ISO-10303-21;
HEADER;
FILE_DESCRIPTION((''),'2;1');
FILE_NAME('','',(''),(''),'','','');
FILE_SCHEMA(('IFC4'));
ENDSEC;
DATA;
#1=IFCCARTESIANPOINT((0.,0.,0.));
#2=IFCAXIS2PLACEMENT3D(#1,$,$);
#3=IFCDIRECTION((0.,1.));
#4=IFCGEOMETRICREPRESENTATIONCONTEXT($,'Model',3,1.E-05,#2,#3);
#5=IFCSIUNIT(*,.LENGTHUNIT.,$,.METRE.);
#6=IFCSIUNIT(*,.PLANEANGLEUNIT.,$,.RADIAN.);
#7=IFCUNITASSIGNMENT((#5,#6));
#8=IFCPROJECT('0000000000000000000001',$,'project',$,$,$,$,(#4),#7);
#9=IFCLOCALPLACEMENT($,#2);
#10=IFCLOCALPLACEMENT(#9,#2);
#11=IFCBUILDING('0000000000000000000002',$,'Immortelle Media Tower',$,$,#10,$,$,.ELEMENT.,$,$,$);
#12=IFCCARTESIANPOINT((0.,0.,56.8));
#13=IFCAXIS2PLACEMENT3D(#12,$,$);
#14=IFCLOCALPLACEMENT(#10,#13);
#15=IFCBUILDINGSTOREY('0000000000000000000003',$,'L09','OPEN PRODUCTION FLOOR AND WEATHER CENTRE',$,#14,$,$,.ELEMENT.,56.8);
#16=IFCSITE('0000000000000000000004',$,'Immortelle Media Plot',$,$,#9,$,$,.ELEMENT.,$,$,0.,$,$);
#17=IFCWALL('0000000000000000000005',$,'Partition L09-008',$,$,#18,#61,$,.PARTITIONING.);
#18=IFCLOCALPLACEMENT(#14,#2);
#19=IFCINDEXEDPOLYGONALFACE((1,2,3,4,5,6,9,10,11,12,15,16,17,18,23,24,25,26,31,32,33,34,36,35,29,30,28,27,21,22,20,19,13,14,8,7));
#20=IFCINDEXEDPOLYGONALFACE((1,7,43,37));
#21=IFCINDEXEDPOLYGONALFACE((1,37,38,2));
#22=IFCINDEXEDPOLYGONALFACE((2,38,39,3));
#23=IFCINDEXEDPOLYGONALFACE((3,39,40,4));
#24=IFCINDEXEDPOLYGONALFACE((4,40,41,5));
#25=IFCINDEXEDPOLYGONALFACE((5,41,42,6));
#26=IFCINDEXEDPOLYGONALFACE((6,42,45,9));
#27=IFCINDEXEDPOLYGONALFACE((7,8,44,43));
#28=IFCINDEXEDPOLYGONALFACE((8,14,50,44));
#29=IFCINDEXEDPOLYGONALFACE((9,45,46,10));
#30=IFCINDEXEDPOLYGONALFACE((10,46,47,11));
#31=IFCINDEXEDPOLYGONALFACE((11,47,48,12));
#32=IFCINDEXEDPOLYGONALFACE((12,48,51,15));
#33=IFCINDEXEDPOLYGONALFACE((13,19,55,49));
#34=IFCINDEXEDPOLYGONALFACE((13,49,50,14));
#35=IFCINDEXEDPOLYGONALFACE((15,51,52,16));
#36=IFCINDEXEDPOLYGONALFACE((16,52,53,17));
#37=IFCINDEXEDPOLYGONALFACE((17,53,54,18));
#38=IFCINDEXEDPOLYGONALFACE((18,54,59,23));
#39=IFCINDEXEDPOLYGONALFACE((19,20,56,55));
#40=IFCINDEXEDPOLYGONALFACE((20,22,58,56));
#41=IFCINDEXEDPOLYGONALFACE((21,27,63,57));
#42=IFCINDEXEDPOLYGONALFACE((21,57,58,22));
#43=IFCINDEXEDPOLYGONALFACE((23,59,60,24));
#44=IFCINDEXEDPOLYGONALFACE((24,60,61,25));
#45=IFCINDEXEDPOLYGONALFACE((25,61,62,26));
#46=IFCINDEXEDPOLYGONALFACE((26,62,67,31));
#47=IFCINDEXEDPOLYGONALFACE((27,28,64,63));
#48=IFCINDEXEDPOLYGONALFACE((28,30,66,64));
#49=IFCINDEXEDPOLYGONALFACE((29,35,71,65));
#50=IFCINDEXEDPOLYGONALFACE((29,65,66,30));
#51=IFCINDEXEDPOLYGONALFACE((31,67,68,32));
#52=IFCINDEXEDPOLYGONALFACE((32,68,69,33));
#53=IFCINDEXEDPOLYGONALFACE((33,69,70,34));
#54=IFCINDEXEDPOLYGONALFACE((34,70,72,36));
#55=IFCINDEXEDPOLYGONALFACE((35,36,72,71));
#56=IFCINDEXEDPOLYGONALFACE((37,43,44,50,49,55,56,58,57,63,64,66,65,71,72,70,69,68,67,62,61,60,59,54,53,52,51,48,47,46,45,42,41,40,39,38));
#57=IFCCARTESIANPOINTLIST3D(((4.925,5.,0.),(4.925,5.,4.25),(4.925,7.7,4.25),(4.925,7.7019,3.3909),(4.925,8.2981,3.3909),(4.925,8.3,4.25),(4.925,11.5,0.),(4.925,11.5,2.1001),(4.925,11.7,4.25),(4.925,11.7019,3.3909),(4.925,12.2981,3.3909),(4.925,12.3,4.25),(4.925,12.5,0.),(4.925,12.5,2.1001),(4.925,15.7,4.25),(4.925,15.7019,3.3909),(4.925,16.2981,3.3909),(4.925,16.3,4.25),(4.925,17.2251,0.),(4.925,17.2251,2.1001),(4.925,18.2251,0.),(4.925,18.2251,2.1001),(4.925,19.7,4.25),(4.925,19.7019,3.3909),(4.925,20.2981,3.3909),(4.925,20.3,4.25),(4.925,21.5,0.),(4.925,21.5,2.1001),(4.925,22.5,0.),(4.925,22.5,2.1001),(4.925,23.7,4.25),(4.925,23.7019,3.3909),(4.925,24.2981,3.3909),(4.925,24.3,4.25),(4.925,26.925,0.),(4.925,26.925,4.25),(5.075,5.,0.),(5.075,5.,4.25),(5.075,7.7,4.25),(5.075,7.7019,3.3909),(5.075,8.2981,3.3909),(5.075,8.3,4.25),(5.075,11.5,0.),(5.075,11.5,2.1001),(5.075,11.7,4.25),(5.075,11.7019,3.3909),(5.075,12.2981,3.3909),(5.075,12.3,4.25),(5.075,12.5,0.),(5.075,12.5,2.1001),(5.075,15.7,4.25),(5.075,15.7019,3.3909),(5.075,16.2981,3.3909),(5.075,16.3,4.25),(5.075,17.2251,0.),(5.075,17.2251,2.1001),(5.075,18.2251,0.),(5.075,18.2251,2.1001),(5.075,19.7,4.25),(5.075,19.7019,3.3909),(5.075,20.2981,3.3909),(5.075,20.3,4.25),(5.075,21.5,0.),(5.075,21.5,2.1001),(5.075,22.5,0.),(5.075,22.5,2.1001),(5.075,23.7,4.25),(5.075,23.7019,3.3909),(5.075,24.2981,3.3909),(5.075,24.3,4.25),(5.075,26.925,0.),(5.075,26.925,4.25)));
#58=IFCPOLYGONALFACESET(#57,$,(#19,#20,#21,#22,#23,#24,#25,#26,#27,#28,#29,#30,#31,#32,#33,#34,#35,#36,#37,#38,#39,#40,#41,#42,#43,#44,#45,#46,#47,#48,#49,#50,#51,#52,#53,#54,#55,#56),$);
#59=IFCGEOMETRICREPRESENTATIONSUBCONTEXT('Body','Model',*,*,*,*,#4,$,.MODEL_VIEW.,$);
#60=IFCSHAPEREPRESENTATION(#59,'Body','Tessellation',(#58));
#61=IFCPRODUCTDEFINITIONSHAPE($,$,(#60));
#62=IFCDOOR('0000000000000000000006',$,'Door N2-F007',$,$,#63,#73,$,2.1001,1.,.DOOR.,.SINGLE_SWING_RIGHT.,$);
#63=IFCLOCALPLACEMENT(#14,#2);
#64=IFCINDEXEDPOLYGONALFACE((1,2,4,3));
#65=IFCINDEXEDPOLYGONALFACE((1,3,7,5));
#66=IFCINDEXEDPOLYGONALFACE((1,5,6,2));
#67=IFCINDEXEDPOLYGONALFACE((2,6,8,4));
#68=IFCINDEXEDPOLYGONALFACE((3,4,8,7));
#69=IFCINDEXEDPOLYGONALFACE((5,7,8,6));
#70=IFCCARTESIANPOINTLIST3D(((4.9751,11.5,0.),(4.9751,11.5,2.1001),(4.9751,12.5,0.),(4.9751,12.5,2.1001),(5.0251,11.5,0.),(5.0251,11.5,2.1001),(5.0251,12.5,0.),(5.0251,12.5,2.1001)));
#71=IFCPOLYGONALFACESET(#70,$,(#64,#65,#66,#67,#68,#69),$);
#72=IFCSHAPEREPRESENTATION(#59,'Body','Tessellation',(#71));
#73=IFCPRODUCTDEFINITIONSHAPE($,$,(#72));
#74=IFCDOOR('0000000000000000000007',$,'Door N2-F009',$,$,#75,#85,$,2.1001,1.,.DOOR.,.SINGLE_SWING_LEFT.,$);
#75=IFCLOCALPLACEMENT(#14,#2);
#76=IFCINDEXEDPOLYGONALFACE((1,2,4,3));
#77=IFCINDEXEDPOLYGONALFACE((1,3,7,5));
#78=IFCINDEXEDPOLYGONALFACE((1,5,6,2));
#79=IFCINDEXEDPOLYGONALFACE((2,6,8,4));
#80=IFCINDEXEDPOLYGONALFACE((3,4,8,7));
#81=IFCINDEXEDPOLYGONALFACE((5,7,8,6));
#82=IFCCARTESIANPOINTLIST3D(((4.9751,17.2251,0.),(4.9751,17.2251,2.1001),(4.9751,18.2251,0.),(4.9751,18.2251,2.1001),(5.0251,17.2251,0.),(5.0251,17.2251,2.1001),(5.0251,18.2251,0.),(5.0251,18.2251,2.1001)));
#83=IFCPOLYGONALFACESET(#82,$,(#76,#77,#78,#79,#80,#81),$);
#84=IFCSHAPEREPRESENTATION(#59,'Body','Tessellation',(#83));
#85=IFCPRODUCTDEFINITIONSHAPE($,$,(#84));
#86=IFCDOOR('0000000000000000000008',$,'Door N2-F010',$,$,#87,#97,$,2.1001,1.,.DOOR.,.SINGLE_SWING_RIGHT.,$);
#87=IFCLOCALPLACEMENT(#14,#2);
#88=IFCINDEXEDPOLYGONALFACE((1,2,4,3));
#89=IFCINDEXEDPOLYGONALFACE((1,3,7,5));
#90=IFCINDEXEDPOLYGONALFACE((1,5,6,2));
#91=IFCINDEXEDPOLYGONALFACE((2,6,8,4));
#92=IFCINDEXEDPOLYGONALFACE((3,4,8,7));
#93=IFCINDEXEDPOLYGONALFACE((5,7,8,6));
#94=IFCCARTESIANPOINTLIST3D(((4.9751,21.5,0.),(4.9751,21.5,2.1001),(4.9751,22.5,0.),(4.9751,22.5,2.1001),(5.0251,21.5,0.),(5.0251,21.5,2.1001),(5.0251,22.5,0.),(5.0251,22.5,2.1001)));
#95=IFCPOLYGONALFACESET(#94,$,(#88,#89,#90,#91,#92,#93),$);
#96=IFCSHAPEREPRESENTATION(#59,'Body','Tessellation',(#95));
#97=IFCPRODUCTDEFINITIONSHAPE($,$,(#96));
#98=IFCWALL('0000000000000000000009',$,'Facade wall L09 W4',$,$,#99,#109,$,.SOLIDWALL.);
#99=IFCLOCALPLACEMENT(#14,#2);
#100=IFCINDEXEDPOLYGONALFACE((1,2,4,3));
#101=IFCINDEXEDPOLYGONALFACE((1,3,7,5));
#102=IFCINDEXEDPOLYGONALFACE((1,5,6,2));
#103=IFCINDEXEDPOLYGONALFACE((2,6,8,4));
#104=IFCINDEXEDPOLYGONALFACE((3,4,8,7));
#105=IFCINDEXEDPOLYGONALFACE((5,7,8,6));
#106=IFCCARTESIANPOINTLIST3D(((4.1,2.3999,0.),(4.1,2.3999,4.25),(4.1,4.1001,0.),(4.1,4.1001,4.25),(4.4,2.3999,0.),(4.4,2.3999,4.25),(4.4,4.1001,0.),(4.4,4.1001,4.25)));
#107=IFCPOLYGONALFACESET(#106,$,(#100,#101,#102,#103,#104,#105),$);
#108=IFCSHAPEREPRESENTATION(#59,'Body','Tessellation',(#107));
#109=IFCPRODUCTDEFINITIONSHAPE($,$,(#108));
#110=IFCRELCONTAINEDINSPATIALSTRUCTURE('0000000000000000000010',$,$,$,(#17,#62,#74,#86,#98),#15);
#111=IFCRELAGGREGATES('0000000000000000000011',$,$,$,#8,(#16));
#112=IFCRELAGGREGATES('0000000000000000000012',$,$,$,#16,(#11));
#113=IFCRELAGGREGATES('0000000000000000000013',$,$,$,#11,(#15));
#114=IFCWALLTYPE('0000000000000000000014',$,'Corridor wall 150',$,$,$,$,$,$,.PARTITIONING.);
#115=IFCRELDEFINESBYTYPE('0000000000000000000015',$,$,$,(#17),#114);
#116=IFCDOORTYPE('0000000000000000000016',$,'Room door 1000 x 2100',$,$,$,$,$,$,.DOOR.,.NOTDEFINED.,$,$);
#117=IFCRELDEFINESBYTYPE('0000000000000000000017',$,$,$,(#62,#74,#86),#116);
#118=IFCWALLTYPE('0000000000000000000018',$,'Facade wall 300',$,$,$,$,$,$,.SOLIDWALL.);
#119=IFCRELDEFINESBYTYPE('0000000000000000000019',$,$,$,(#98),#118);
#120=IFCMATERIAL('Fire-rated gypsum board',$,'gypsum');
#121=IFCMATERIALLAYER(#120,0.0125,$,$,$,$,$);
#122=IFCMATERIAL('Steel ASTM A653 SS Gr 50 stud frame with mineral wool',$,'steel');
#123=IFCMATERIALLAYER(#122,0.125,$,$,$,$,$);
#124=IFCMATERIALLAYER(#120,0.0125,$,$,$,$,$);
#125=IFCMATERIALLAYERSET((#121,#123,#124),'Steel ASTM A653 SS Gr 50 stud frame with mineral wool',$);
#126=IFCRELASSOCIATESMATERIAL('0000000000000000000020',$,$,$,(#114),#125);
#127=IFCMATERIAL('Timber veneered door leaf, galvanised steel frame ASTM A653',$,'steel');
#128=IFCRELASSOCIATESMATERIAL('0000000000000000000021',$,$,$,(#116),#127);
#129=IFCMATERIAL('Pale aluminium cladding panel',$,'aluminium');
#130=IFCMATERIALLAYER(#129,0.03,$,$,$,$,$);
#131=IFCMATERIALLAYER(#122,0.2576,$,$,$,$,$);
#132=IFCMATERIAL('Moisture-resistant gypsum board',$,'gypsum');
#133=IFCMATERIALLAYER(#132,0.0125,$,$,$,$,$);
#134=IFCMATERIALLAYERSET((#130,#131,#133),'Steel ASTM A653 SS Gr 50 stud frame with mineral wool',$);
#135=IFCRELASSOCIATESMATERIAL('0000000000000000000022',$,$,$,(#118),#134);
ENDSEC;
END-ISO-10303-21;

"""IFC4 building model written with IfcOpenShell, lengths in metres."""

from ifc_helpers import new_model, si_unit, direction, frame, frame_2d, origin, place, context, subcontext, project, spatial, polyline, rectangle, outline, extrude, material, layer, layer_set, type_object, element, fill, save


model = new_model("IFC4")

# Units and contexts
model_context = context("Model", 3, precision=1e-05, world=origin(), true_north=direction((0.0, 1.0)))
body_context = subcontext(model_context, "Body", "Model", "MODEL_VIEW")
ifc_project = project(units=[si_unit("LENGTHUNIT", "METRE"), si_unit("PLANEANGLEUNIT", "RADIAN")], contexts=[model_context])

# Site, building, storey
site_placement = place(None, origin())
site = spatial("IfcSite", under=ifc_project, at=site_placement, Name="Immortelle Media Plot", CompositionType="ELEMENT", RefElevation=0.0)
building_placement = place(site_placement, origin())
building = spatial("IfcBuilding", under=site, at=building_placement, Name="Immortelle Media Tower", CompositionType="ELEMENT")
storey_placement = place(building_placement, frame((0.0, 0.0, 56.8)))
storey = spatial("IfcBuildingStorey", under=building, at=storey_placement, Name="L09", Description="OPEN PRODUCTION FLOOR AND WEATHER CENTRE", CompositionType="ELEMENT", Elevation=56.8)

# Wall, openings, doors
ifc_material_1 = material(Name="Fire-rated gypsum board", Category="gypsum")
ifc_layer_1 = layer(ifc_material_1, 0.0125)
ifc_material_2 = material(Name="Steel ASTM A653 SS Gr 50 stud frame with mineral wool", Category="steel")
ifc_layer_2 = layer(ifc_material_2, 0.125)
ifc_layer_3 = layer(ifc_material_1, 0.0125)
ifc_layer_set_1 = layer_set([ifc_layer_1, ifc_layer_2, ifc_layer_3], Name="Steel ASTM A653 SS Gr 50 stud frame with mineral wool")
wall_type_1 = type_object("IfcWallType", Name="Corridor wall 150", PredefinedType="PARTITIONING", material=ifc_layer_set_1)
ifc_material_3 = material(Name="Timber veneered door leaf, galvanised steel frame ASTM A653", Category="steel")
door_type_1 = type_object("IfcDoorType", Name="Room door 1000 x 2100", OperationType="NOTDEFINED", PredefinedType="DOOR", material=ifc_material_3)
wall_1_placement = place(storey_placement, frame((5.0, 5.0, 0.0), z_axis=(0.0, 0.0, 1.0), x_axis=(0.0, 1.0, 0.0)))
wall_1 = element("IfcWall", 1, at=wall_1_placement, inside=storey, type_object=wall_type_1, Name="Partition L09-008", PredefinedType="PARTITIONING", context=body_context, shape_type="SweptSolid", body=[
    extrude(outline(polyline([(0.0, 0.0), (21.925, 0.0), (21.925, 4.25), (19.3, 4.25), (19.2981, 3.3909), (18.7019, 3.3909), (18.7, 4.25), (15.3, 4.25), (15.2981, 3.3909), (14.7019, 3.3909), (14.7, 4.25), (11.3, 4.25), (11.2981, 3.3909), (10.7019, 3.3909), (10.7, 4.25), (7.3, 4.25), (7.2981, 3.3909), (6.7019, 3.3909), (6.7, 4.25), (3.3, 4.25), (3.2981, 3.3909), (2.7019, 3.3909), (2.7, 4.25), (0.0, 4.25), (0.0, 0.0)])), frame((0.0, 0.075, 0.0), z_axis=(0.0, -1.0, 0.0), x_axis=(1.0, 0.0, 0.0)), (0.0, 0.0, 1.0), 0.1499),
])
opening_1_placement = place(wall_1_placement, frame((6.5, 0.0, 0.0)))
opening_1 = element("IfcOpeningElement", 2, at=opening_1_placement, cuts=wall_1, PredefinedType="OPENING", context=body_context, shape_type="SweptSolid", body=[
    extrude(rectangle(XDim=1.0, YDim=2.1001, at=frame_2d((0.5, 1.05))), frame((0.0, 0.085, 0.0), z_axis=(0.0, -1.0, 0.0), x_axis=(1.0, 0.0, 0.0)), (0.0, 0.0, 1.0), 0.1699),
])
opening_2_placement = place(wall_1_placement, frame((12.2251, 0.0, 0.0)))
opening_2 = element("IfcOpeningElement", 3, at=opening_2_placement, cuts=wall_1, PredefinedType="OPENING", context=body_context, shape_type="SweptSolid", body=[
    extrude(rectangle(XDim=1.0, YDim=2.1001, at=frame_2d((0.5, 1.05))), frame((0.0, 0.085, 0.0), z_axis=(0.0, -1.0, 0.0), x_axis=(1.0, 0.0, 0.0)), (0.0, 0.0, 1.0), 0.1699),
])
opening_3_placement = place(wall_1_placement, frame((16.5, 0.0, 0.0)))
opening_3 = element("IfcOpeningElement", 4, at=opening_3_placement, cuts=wall_1, PredefinedType="OPENING", context=body_context, shape_type="SweptSolid", body=[
    extrude(rectangle(XDim=1.0, YDim=2.1001, at=frame_2d((0.5, 1.05))), frame((0.0, 0.085, 0.0), z_axis=(0.0, -1.0, 0.0), x_axis=(1.0, 0.0, 0.0)), (0.0, 0.0, 1.0), 0.1699),
])
door_1_placement = place(opening_1_placement, origin())
door_1 = element("IfcDoor", 5, at=door_1_placement, inside=storey, type_object=door_type_1, Name="Door N2-F007", OperationType="SINGLE_SWING_RIGHT", OverallHeight=2.1001, OverallWidth=1.0, PredefinedType="DOOR", context=body_context, shape_type="SweptSolid", body=[
    extrude(rectangle(XDim=1.0, YDim=2.1001, at=frame_2d((0.5, 1.05))), frame((0.0, 0.0249, 0.0), z_axis=(0.0, -1.0, 0.0), x_axis=(1.0, 0.0, 0.0)), (0.0, 0.0, 1.0), 0.05),
])
fill(opening_1, door_1)
door_2_placement = place(opening_2_placement, origin())
door_2 = element("IfcDoor", 6, at=door_2_placement, inside=storey, type_object=door_type_1, Name="Door N2-F009", OperationType="SINGLE_SWING_LEFT", OverallHeight=2.1001, OverallWidth=1.0, PredefinedType="DOOR", context=body_context, shape_type="SweptSolid", body=[
    extrude(rectangle(XDim=1.0, YDim=2.1001, at=frame_2d((0.5, 1.05))), frame((0.0, 0.0249, 0.0), z_axis=(0.0, -1.0, 0.0), x_axis=(1.0, 0.0, 0.0)), (0.0, 0.0, 1.0), 0.05),
])
fill(opening_2, door_2)
door_3_placement = place(opening_3_placement, origin())
door_3 = element("IfcDoor", 7, at=door_3_placement, inside=storey, type_object=door_type_1, Name="Door N2-F010", OperationType="SINGLE_SWING_RIGHT", OverallHeight=2.1001, OverallWidth=1.0, PredefinedType="DOOR", context=body_context, shape_type="SweptSolid", body=[
    extrude(rectangle(XDim=1.0, YDim=2.1001, at=frame_2d((0.5, 1.05))), frame((0.0, 0.0249, 0.0), z_axis=(0.0, -1.0, 0.0), x_axis=(1.0, 0.0, 0.0)), (0.0, 0.0, 1.0), 0.05),
])
fill(opening_3, door_3)

# Wall
ifc_material_4 = material(Name="Pale aluminium cladding panel", Category="aluminium")
ifc_layer_4 = layer(ifc_material_4, 0.03)
ifc_layer_5 = layer(ifc_material_2, 0.2576)
ifc_material_5 = material(Name="Moisture-resistant gypsum board", Category="gypsum")
ifc_layer_6 = layer(ifc_material_5, 0.0125)
ifc_layer_set_2 = layer_set([ifc_layer_4, ifc_layer_5, ifc_layer_6], Name="Steel ASTM A653 SS Gr 50 stud frame with mineral wool")
wall_type_2 = type_object("IfcWallType", Name="Facade wall 300", PredefinedType="SOLIDWALL", material=ifc_layer_set_2)
wall_2_placement = place(storey_placement, frame((4.25, 4.1001, 0.0), z_axis=(0.0, 0.0, 1.0), x_axis=(0.0, -1.0, 0.0)))
element("IfcWall", 8, at=wall_2_placement, inside=storey, type_object=wall_type_2, Name="Facade wall L09 W4", PredefinedType="SOLIDWALL", context=body_context, shape_type="SweptSolid", body=[
    extrude(rectangle(XDim=1.7002, YDim=0.3, at=frame_2d((0.8501, 0.0))), origin(), (0.0, 0.0, 1.0), 4.25),
])

save(model, "model.ifc")
